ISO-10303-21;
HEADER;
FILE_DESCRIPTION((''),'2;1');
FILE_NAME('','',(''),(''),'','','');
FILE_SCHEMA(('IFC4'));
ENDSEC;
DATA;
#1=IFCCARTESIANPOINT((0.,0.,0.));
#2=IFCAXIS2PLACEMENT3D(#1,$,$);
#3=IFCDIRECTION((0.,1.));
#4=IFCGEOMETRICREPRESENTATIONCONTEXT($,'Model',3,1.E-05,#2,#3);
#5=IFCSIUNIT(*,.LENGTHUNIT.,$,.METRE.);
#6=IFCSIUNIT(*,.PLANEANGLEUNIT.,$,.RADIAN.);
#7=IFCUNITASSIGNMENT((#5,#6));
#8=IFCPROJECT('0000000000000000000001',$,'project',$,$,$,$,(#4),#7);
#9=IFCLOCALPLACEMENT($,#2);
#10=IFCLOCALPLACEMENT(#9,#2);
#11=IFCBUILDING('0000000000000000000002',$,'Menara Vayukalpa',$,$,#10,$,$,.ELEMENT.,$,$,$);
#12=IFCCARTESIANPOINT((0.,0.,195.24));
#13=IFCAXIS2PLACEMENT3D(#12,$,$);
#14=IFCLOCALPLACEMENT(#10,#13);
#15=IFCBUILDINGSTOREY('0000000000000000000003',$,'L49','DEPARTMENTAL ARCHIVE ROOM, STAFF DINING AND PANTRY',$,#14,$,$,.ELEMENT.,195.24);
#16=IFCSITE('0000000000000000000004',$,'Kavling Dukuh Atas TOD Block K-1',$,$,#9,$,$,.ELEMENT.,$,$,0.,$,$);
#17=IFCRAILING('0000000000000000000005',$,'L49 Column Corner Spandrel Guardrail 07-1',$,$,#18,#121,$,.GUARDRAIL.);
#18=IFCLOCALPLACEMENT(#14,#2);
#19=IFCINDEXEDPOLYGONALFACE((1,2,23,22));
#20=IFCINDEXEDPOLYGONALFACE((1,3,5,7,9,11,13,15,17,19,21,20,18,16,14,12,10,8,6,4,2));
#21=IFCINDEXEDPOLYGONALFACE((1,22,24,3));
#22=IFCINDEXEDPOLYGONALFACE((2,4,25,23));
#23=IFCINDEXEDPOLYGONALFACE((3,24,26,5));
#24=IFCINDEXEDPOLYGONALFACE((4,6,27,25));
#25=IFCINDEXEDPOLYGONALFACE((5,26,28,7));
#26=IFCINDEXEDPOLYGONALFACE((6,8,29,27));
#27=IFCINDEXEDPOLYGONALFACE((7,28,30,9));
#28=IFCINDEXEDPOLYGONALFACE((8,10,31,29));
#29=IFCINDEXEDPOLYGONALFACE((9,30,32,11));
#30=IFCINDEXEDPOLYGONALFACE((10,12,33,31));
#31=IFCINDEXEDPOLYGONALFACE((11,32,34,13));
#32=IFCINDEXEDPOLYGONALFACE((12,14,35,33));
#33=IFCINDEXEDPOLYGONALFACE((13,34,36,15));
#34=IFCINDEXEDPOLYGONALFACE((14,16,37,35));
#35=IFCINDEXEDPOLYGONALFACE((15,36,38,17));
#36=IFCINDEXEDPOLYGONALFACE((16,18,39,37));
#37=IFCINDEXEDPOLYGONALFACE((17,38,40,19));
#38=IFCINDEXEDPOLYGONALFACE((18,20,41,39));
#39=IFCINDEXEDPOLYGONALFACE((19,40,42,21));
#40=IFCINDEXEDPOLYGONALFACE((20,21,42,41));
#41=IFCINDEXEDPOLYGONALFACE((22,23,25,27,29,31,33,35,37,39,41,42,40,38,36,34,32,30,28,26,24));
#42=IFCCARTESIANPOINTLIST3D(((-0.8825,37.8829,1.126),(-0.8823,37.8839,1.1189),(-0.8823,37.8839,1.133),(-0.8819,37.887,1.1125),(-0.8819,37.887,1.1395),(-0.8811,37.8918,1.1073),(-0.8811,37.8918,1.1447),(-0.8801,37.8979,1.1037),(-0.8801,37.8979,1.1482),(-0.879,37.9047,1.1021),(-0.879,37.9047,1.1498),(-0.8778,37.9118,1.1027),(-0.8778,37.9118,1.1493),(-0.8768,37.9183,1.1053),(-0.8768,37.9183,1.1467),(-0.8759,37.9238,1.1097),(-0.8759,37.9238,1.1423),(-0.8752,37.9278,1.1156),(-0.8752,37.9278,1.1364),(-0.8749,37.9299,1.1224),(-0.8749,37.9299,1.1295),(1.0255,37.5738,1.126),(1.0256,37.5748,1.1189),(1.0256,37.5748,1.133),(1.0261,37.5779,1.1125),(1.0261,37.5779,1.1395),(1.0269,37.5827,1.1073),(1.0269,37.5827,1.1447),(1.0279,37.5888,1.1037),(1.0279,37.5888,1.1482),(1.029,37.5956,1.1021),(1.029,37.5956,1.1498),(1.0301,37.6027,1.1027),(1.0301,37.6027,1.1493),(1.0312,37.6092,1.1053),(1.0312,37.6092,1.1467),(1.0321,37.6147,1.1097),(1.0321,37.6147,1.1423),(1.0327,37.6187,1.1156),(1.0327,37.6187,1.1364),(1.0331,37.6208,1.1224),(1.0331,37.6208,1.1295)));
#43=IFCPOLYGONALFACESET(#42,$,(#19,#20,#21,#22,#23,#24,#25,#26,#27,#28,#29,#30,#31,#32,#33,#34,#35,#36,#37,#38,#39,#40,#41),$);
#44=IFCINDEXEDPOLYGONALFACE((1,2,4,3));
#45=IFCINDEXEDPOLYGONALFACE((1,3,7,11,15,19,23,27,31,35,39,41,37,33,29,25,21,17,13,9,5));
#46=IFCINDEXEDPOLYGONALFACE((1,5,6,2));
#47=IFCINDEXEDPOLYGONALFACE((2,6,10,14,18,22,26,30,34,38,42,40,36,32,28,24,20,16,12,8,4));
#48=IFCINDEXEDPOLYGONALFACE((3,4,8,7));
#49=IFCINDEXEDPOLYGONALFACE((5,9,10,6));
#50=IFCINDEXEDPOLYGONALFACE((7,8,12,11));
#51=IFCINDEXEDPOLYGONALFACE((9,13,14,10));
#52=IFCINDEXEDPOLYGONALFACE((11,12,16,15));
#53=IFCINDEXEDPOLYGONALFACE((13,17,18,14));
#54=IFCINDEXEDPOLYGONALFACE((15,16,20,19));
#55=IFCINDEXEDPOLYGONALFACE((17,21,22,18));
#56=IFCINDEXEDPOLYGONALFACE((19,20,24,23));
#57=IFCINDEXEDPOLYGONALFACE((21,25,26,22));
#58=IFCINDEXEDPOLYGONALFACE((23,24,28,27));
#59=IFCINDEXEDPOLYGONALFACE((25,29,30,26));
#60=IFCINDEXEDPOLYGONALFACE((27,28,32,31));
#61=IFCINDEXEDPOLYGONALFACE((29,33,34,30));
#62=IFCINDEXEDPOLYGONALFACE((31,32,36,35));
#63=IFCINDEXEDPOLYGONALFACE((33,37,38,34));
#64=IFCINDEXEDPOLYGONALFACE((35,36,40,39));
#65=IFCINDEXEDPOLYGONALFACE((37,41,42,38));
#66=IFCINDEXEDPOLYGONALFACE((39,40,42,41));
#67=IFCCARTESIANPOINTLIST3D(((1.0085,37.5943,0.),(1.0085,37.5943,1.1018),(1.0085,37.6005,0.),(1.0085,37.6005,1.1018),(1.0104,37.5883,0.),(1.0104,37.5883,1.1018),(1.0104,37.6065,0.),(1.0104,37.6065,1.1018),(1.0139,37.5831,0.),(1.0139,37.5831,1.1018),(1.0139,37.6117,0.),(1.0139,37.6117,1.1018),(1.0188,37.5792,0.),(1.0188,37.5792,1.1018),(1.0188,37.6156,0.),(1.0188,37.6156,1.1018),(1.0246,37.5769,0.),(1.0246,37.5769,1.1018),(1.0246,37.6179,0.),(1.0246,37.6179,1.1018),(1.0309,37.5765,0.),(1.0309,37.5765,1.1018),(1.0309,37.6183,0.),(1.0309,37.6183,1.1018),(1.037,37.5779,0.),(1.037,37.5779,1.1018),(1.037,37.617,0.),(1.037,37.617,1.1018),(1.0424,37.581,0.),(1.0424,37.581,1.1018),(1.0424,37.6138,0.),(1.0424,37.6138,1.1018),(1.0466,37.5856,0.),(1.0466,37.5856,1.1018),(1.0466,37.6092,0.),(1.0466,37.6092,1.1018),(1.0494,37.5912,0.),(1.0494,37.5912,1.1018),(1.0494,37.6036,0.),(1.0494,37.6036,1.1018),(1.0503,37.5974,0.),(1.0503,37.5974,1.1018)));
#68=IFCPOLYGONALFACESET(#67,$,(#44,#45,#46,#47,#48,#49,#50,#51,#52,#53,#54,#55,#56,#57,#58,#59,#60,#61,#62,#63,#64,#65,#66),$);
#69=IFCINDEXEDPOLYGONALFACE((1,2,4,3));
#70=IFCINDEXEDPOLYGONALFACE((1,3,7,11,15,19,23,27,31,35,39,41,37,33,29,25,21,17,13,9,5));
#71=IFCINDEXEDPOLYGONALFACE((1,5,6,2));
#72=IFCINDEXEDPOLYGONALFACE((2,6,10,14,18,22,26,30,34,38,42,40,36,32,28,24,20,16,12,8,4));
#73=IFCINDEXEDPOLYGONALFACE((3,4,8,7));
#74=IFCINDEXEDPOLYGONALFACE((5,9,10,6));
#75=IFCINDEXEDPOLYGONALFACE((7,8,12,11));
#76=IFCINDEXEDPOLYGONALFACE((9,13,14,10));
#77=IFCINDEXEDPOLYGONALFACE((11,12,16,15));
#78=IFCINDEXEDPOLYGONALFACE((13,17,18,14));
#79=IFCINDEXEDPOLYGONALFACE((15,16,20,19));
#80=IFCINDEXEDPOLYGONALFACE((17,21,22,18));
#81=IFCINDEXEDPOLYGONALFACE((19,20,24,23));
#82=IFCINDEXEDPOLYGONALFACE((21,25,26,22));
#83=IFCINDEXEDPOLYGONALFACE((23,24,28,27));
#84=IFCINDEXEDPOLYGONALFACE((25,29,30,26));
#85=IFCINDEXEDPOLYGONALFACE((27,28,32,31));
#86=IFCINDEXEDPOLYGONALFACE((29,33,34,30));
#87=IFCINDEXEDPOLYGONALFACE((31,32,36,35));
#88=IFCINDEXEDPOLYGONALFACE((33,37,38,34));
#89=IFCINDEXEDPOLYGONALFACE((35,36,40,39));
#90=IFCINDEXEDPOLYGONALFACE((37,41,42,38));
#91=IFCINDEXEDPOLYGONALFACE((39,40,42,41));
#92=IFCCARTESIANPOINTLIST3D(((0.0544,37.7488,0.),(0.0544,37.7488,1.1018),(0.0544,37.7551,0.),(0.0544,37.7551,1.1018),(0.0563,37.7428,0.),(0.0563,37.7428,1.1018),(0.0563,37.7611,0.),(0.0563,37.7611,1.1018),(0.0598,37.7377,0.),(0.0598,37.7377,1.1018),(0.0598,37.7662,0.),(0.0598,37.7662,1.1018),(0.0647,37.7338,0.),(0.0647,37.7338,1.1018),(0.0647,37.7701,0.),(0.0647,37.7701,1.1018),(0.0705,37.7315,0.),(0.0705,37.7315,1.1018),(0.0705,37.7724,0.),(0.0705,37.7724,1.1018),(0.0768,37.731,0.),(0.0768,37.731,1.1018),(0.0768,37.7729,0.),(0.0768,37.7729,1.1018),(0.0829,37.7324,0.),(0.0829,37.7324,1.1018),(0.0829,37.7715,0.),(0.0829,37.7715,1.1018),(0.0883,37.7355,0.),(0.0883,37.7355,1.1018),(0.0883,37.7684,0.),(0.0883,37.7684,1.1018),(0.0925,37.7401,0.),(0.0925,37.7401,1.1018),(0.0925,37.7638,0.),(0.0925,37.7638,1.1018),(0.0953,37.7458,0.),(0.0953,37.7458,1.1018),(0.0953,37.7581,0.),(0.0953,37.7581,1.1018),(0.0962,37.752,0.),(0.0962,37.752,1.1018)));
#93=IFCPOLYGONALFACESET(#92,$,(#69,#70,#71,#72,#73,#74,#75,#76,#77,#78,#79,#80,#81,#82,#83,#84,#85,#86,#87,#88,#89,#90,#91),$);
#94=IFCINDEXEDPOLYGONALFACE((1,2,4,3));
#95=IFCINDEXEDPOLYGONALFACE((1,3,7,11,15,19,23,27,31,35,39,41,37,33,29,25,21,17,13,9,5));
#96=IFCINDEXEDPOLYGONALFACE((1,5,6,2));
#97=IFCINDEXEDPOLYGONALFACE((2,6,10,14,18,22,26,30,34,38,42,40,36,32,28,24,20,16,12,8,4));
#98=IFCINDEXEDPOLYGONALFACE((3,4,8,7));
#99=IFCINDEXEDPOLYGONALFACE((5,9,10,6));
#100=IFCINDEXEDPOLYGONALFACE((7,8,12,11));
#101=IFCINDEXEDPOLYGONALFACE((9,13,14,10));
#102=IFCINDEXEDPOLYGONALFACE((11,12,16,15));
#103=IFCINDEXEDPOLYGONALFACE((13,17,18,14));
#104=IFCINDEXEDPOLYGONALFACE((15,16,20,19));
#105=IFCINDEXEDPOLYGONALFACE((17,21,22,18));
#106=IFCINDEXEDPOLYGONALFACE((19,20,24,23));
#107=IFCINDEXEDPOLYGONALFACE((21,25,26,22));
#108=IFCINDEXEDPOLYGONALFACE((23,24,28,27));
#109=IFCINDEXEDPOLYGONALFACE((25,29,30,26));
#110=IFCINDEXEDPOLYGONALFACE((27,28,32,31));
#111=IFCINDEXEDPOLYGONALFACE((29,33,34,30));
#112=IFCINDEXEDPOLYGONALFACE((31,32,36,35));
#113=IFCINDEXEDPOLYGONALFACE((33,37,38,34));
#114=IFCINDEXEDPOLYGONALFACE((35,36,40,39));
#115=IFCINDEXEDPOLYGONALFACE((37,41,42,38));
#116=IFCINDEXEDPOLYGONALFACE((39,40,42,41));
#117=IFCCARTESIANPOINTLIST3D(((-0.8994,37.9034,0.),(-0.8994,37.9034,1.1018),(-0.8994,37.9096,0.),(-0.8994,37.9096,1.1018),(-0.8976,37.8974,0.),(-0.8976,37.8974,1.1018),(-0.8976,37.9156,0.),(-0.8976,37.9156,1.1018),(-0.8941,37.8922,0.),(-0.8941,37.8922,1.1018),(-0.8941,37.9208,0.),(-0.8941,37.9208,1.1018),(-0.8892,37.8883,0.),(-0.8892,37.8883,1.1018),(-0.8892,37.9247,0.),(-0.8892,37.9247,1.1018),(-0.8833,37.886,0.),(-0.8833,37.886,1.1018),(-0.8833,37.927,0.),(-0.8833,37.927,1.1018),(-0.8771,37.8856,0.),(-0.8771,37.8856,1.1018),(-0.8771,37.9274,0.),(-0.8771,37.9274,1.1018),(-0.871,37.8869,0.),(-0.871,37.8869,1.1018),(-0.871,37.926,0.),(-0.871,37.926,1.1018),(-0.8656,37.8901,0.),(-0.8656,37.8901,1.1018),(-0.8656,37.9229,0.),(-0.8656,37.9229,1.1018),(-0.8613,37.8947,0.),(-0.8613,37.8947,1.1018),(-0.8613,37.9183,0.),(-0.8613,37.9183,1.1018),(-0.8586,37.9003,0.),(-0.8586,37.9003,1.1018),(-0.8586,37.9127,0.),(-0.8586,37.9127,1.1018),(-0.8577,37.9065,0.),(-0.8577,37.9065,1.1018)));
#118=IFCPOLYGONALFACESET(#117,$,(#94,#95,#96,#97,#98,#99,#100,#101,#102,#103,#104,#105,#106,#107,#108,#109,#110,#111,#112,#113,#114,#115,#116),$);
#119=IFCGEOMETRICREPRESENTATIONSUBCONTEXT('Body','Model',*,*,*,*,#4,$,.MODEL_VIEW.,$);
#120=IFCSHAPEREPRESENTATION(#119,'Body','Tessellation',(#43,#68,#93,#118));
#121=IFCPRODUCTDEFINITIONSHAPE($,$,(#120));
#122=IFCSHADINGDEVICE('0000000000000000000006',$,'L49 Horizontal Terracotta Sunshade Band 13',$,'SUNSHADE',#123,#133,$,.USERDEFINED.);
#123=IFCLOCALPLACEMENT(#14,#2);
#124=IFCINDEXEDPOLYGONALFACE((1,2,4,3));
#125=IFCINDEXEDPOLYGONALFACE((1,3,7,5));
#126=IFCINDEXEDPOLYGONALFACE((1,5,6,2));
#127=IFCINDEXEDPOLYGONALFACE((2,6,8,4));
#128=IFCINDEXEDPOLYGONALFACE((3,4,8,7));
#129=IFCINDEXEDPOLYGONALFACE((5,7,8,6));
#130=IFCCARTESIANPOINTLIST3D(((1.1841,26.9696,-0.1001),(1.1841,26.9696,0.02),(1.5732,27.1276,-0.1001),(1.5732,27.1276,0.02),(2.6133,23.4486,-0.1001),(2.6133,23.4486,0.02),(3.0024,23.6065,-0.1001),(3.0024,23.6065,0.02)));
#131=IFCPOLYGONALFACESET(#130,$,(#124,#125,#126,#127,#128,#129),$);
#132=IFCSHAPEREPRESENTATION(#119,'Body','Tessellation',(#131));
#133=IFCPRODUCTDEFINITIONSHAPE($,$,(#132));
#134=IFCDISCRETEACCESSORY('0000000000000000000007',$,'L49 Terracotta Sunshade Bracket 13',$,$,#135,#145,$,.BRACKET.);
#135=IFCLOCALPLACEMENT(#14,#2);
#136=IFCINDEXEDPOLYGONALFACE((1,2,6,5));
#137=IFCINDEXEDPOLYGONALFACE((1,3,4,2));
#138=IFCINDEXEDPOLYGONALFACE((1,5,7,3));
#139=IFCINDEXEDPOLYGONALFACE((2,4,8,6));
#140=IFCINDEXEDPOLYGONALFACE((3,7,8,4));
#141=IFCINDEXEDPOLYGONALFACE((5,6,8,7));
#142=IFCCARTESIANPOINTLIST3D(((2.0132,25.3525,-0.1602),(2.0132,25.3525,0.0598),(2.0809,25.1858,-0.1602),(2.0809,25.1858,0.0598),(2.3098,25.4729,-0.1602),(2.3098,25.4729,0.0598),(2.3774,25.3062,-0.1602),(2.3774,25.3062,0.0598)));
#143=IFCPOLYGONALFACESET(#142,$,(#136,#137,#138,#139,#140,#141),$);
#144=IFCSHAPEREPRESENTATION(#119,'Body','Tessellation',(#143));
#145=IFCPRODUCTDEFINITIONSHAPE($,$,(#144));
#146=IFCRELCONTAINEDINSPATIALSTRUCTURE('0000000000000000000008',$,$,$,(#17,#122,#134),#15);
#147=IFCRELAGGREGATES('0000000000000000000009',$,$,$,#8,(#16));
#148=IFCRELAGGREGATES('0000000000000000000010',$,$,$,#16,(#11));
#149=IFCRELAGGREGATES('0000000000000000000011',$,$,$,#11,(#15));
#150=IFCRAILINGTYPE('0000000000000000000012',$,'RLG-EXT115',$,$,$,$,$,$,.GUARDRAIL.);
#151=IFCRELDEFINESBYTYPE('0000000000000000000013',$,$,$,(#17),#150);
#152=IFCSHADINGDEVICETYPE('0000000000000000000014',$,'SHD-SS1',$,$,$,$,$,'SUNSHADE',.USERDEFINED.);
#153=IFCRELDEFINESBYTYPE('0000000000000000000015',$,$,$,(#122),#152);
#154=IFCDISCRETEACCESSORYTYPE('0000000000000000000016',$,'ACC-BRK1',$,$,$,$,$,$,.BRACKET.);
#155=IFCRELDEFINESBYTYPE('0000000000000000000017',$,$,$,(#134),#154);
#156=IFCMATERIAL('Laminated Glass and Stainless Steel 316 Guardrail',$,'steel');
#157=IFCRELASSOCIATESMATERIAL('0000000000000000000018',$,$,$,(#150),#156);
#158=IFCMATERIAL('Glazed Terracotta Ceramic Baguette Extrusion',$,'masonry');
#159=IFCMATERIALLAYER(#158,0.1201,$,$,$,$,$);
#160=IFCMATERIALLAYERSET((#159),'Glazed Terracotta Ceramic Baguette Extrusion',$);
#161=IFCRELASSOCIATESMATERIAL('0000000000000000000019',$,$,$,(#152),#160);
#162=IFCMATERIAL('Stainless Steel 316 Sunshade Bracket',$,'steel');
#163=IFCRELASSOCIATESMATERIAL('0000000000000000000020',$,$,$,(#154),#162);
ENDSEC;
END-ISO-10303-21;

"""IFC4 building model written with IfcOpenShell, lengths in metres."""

from ifc_helpers import new_model, si_unit, direction, frame, origin, origin_2d, place, context, subcontext, project, spatial, rectangle, circle, extrude, material, layer, layer_set, type_object, element, save


model = new_model("IFC4")

# Units and contexts
model_context = context("Model", 3, precision=1e-05, world=origin(), true_north=direction((0.0, 1.0)))
body_context = subcontext(model_context, "Body", "Model", "MODEL_VIEW")
ifc_project = project(units=[si_unit("LENGTHUNIT", "METRE"), si_unit("PLANEANGLEUNIT", "RADIAN")], contexts=[model_context])

# Site, building, storey
site_placement = place(None, origin())
site = spatial("IfcSite", under=ifc_project, at=site_placement, Name="Kavling Dukuh Atas TOD Block K-1", CompositionType="ELEMENT", RefElevation=0.0)
building_placement = place(site_placement, origin())
building = spatial("IfcBuilding", under=site, at=building_placement, Name="Menara Vayukalpa", CompositionType="ELEMENT")
storey_placement = place(building_placement, frame((0.0, 0.0, 195.24)))
storey = spatial("IfcBuildingStorey", under=building, at=storey_placement, Name="L49", Description="DEPARTMENTAL ARCHIVE ROOM, STAFF DINING AND PANTRY", CompositionType="ELEMENT", Elevation=195.24)

# Railing
ifc_material_1 = material(Name="Laminated Glass and Stainless Steel 316 Guardrail", Category="steel")
railing_type = type_object("IfcRailingType", Name="RLG-EXT115", PredefinedType="GUARDRAIL", material=ifc_material_1)
railing_placement = place(storey_placement, frame((1.0293, 37.5974, 0.0)))
element("IfcRailing", 1, at=railing_placement, inside=storey, type_object=railing_type, Name="L49 Column Corner Spandrel Guardrail 07-1", PredefinedType="GUARDRAIL", context=body_context, shape_type="SweptSolid", body=[
    extrude(circle(Radius=0.0239, at=origin_2d()), frame((0.0, 0.0, 1.126), z_axis=(-0.987131, 0.159911, 0.0), x_axis=(-0.159911, -0.987131, 0.0)), (0.0, 0.0, 1.0), 1.9329),
    extrude(circle(Radius=0.021, at=origin_2d()), origin(), (0.0, 0.0, 1.0), 1.1018),
    extrude(circle(Radius=0.021, at=origin_2d()), frame((-0.9541, 0.1545, 0.0)), (0.0, 0.0, 1.0), 1.1018),
    extrude(circle(Radius=0.021, at=origin_2d()), frame((-1.908, 0.3091, 0.0)), (0.0, 0.0, 1.0), 1.1018),
])

# Shading device
ifc_material_2 = material(Name="Glazed Terracotta Ceramic Baguette Extrusion", Category="masonry")
ifc_layer_1 = layer(ifc_material_2, 0.1201)
ifc_layer_set_1 = layer_set([ifc_layer_1], Name="Glazed Terracotta Ceramic Baguette Extrusion")
shading_device_type = type_object("IfcShadingDeviceType", Name="SHD-SS1", ElementType="SUNSHADE", PredefinedType="USERDEFINED", material=ifc_layer_set_1)
shading_device_placement = place(storey_placement, frame((2.0933, 25.2881, -0.1001), z_axis=(0.0, 0.0, 1.0), x_axis=(0.376095, -0.926581, 0.0)))
element("IfcShadingDevice", 2, at=shading_device_placement, inside=storey, type_object=shading_device_type, Name="L49 Horizontal Terracotta Sunshade Band 13", ObjectType="SUNSHADE", PredefinedType="USERDEFINED", context=body_context, shape_type="SweptSolid", body=[
    extrude(rectangle(XDim=3.8, YDim=0.4199, at=origin_2d()), origin(), (0.0, 0.0, 1.0), 0.1201),
])

# Discrete accessory
ifc_material_3 = material(Name="Stainless Steel 316 Sunshade Bracket", Category="steel")
discrete_accessory_type = type_object("IfcDiscreteAccessoryType", Name="ACC-BRK1", PredefinedType="BRACKET", material=ifc_material_3)
discrete_accessory_placement = place(storey_placement, frame((2.1953, 25.3293, -0.1602), z_axis=(0.0, 0.0, 1.0), x_axis=(0.376095, -0.926581, 0.0)))
element("IfcDiscreteAccessory", 3, at=discrete_accessory_placement, inside=storey, type_object=discrete_accessory_type, Name="L49 Terracotta Sunshade Bracket 13", PredefinedType="BRACKET", context=body_context, shape_type="SweptSolid", body=[
    extrude(rectangle(XDim=0.1799, YDim=0.3201, at=origin_2d()), origin(), (0.0, 0.0, 1.0), 0.22),
])

save(model, "model.ifc")
